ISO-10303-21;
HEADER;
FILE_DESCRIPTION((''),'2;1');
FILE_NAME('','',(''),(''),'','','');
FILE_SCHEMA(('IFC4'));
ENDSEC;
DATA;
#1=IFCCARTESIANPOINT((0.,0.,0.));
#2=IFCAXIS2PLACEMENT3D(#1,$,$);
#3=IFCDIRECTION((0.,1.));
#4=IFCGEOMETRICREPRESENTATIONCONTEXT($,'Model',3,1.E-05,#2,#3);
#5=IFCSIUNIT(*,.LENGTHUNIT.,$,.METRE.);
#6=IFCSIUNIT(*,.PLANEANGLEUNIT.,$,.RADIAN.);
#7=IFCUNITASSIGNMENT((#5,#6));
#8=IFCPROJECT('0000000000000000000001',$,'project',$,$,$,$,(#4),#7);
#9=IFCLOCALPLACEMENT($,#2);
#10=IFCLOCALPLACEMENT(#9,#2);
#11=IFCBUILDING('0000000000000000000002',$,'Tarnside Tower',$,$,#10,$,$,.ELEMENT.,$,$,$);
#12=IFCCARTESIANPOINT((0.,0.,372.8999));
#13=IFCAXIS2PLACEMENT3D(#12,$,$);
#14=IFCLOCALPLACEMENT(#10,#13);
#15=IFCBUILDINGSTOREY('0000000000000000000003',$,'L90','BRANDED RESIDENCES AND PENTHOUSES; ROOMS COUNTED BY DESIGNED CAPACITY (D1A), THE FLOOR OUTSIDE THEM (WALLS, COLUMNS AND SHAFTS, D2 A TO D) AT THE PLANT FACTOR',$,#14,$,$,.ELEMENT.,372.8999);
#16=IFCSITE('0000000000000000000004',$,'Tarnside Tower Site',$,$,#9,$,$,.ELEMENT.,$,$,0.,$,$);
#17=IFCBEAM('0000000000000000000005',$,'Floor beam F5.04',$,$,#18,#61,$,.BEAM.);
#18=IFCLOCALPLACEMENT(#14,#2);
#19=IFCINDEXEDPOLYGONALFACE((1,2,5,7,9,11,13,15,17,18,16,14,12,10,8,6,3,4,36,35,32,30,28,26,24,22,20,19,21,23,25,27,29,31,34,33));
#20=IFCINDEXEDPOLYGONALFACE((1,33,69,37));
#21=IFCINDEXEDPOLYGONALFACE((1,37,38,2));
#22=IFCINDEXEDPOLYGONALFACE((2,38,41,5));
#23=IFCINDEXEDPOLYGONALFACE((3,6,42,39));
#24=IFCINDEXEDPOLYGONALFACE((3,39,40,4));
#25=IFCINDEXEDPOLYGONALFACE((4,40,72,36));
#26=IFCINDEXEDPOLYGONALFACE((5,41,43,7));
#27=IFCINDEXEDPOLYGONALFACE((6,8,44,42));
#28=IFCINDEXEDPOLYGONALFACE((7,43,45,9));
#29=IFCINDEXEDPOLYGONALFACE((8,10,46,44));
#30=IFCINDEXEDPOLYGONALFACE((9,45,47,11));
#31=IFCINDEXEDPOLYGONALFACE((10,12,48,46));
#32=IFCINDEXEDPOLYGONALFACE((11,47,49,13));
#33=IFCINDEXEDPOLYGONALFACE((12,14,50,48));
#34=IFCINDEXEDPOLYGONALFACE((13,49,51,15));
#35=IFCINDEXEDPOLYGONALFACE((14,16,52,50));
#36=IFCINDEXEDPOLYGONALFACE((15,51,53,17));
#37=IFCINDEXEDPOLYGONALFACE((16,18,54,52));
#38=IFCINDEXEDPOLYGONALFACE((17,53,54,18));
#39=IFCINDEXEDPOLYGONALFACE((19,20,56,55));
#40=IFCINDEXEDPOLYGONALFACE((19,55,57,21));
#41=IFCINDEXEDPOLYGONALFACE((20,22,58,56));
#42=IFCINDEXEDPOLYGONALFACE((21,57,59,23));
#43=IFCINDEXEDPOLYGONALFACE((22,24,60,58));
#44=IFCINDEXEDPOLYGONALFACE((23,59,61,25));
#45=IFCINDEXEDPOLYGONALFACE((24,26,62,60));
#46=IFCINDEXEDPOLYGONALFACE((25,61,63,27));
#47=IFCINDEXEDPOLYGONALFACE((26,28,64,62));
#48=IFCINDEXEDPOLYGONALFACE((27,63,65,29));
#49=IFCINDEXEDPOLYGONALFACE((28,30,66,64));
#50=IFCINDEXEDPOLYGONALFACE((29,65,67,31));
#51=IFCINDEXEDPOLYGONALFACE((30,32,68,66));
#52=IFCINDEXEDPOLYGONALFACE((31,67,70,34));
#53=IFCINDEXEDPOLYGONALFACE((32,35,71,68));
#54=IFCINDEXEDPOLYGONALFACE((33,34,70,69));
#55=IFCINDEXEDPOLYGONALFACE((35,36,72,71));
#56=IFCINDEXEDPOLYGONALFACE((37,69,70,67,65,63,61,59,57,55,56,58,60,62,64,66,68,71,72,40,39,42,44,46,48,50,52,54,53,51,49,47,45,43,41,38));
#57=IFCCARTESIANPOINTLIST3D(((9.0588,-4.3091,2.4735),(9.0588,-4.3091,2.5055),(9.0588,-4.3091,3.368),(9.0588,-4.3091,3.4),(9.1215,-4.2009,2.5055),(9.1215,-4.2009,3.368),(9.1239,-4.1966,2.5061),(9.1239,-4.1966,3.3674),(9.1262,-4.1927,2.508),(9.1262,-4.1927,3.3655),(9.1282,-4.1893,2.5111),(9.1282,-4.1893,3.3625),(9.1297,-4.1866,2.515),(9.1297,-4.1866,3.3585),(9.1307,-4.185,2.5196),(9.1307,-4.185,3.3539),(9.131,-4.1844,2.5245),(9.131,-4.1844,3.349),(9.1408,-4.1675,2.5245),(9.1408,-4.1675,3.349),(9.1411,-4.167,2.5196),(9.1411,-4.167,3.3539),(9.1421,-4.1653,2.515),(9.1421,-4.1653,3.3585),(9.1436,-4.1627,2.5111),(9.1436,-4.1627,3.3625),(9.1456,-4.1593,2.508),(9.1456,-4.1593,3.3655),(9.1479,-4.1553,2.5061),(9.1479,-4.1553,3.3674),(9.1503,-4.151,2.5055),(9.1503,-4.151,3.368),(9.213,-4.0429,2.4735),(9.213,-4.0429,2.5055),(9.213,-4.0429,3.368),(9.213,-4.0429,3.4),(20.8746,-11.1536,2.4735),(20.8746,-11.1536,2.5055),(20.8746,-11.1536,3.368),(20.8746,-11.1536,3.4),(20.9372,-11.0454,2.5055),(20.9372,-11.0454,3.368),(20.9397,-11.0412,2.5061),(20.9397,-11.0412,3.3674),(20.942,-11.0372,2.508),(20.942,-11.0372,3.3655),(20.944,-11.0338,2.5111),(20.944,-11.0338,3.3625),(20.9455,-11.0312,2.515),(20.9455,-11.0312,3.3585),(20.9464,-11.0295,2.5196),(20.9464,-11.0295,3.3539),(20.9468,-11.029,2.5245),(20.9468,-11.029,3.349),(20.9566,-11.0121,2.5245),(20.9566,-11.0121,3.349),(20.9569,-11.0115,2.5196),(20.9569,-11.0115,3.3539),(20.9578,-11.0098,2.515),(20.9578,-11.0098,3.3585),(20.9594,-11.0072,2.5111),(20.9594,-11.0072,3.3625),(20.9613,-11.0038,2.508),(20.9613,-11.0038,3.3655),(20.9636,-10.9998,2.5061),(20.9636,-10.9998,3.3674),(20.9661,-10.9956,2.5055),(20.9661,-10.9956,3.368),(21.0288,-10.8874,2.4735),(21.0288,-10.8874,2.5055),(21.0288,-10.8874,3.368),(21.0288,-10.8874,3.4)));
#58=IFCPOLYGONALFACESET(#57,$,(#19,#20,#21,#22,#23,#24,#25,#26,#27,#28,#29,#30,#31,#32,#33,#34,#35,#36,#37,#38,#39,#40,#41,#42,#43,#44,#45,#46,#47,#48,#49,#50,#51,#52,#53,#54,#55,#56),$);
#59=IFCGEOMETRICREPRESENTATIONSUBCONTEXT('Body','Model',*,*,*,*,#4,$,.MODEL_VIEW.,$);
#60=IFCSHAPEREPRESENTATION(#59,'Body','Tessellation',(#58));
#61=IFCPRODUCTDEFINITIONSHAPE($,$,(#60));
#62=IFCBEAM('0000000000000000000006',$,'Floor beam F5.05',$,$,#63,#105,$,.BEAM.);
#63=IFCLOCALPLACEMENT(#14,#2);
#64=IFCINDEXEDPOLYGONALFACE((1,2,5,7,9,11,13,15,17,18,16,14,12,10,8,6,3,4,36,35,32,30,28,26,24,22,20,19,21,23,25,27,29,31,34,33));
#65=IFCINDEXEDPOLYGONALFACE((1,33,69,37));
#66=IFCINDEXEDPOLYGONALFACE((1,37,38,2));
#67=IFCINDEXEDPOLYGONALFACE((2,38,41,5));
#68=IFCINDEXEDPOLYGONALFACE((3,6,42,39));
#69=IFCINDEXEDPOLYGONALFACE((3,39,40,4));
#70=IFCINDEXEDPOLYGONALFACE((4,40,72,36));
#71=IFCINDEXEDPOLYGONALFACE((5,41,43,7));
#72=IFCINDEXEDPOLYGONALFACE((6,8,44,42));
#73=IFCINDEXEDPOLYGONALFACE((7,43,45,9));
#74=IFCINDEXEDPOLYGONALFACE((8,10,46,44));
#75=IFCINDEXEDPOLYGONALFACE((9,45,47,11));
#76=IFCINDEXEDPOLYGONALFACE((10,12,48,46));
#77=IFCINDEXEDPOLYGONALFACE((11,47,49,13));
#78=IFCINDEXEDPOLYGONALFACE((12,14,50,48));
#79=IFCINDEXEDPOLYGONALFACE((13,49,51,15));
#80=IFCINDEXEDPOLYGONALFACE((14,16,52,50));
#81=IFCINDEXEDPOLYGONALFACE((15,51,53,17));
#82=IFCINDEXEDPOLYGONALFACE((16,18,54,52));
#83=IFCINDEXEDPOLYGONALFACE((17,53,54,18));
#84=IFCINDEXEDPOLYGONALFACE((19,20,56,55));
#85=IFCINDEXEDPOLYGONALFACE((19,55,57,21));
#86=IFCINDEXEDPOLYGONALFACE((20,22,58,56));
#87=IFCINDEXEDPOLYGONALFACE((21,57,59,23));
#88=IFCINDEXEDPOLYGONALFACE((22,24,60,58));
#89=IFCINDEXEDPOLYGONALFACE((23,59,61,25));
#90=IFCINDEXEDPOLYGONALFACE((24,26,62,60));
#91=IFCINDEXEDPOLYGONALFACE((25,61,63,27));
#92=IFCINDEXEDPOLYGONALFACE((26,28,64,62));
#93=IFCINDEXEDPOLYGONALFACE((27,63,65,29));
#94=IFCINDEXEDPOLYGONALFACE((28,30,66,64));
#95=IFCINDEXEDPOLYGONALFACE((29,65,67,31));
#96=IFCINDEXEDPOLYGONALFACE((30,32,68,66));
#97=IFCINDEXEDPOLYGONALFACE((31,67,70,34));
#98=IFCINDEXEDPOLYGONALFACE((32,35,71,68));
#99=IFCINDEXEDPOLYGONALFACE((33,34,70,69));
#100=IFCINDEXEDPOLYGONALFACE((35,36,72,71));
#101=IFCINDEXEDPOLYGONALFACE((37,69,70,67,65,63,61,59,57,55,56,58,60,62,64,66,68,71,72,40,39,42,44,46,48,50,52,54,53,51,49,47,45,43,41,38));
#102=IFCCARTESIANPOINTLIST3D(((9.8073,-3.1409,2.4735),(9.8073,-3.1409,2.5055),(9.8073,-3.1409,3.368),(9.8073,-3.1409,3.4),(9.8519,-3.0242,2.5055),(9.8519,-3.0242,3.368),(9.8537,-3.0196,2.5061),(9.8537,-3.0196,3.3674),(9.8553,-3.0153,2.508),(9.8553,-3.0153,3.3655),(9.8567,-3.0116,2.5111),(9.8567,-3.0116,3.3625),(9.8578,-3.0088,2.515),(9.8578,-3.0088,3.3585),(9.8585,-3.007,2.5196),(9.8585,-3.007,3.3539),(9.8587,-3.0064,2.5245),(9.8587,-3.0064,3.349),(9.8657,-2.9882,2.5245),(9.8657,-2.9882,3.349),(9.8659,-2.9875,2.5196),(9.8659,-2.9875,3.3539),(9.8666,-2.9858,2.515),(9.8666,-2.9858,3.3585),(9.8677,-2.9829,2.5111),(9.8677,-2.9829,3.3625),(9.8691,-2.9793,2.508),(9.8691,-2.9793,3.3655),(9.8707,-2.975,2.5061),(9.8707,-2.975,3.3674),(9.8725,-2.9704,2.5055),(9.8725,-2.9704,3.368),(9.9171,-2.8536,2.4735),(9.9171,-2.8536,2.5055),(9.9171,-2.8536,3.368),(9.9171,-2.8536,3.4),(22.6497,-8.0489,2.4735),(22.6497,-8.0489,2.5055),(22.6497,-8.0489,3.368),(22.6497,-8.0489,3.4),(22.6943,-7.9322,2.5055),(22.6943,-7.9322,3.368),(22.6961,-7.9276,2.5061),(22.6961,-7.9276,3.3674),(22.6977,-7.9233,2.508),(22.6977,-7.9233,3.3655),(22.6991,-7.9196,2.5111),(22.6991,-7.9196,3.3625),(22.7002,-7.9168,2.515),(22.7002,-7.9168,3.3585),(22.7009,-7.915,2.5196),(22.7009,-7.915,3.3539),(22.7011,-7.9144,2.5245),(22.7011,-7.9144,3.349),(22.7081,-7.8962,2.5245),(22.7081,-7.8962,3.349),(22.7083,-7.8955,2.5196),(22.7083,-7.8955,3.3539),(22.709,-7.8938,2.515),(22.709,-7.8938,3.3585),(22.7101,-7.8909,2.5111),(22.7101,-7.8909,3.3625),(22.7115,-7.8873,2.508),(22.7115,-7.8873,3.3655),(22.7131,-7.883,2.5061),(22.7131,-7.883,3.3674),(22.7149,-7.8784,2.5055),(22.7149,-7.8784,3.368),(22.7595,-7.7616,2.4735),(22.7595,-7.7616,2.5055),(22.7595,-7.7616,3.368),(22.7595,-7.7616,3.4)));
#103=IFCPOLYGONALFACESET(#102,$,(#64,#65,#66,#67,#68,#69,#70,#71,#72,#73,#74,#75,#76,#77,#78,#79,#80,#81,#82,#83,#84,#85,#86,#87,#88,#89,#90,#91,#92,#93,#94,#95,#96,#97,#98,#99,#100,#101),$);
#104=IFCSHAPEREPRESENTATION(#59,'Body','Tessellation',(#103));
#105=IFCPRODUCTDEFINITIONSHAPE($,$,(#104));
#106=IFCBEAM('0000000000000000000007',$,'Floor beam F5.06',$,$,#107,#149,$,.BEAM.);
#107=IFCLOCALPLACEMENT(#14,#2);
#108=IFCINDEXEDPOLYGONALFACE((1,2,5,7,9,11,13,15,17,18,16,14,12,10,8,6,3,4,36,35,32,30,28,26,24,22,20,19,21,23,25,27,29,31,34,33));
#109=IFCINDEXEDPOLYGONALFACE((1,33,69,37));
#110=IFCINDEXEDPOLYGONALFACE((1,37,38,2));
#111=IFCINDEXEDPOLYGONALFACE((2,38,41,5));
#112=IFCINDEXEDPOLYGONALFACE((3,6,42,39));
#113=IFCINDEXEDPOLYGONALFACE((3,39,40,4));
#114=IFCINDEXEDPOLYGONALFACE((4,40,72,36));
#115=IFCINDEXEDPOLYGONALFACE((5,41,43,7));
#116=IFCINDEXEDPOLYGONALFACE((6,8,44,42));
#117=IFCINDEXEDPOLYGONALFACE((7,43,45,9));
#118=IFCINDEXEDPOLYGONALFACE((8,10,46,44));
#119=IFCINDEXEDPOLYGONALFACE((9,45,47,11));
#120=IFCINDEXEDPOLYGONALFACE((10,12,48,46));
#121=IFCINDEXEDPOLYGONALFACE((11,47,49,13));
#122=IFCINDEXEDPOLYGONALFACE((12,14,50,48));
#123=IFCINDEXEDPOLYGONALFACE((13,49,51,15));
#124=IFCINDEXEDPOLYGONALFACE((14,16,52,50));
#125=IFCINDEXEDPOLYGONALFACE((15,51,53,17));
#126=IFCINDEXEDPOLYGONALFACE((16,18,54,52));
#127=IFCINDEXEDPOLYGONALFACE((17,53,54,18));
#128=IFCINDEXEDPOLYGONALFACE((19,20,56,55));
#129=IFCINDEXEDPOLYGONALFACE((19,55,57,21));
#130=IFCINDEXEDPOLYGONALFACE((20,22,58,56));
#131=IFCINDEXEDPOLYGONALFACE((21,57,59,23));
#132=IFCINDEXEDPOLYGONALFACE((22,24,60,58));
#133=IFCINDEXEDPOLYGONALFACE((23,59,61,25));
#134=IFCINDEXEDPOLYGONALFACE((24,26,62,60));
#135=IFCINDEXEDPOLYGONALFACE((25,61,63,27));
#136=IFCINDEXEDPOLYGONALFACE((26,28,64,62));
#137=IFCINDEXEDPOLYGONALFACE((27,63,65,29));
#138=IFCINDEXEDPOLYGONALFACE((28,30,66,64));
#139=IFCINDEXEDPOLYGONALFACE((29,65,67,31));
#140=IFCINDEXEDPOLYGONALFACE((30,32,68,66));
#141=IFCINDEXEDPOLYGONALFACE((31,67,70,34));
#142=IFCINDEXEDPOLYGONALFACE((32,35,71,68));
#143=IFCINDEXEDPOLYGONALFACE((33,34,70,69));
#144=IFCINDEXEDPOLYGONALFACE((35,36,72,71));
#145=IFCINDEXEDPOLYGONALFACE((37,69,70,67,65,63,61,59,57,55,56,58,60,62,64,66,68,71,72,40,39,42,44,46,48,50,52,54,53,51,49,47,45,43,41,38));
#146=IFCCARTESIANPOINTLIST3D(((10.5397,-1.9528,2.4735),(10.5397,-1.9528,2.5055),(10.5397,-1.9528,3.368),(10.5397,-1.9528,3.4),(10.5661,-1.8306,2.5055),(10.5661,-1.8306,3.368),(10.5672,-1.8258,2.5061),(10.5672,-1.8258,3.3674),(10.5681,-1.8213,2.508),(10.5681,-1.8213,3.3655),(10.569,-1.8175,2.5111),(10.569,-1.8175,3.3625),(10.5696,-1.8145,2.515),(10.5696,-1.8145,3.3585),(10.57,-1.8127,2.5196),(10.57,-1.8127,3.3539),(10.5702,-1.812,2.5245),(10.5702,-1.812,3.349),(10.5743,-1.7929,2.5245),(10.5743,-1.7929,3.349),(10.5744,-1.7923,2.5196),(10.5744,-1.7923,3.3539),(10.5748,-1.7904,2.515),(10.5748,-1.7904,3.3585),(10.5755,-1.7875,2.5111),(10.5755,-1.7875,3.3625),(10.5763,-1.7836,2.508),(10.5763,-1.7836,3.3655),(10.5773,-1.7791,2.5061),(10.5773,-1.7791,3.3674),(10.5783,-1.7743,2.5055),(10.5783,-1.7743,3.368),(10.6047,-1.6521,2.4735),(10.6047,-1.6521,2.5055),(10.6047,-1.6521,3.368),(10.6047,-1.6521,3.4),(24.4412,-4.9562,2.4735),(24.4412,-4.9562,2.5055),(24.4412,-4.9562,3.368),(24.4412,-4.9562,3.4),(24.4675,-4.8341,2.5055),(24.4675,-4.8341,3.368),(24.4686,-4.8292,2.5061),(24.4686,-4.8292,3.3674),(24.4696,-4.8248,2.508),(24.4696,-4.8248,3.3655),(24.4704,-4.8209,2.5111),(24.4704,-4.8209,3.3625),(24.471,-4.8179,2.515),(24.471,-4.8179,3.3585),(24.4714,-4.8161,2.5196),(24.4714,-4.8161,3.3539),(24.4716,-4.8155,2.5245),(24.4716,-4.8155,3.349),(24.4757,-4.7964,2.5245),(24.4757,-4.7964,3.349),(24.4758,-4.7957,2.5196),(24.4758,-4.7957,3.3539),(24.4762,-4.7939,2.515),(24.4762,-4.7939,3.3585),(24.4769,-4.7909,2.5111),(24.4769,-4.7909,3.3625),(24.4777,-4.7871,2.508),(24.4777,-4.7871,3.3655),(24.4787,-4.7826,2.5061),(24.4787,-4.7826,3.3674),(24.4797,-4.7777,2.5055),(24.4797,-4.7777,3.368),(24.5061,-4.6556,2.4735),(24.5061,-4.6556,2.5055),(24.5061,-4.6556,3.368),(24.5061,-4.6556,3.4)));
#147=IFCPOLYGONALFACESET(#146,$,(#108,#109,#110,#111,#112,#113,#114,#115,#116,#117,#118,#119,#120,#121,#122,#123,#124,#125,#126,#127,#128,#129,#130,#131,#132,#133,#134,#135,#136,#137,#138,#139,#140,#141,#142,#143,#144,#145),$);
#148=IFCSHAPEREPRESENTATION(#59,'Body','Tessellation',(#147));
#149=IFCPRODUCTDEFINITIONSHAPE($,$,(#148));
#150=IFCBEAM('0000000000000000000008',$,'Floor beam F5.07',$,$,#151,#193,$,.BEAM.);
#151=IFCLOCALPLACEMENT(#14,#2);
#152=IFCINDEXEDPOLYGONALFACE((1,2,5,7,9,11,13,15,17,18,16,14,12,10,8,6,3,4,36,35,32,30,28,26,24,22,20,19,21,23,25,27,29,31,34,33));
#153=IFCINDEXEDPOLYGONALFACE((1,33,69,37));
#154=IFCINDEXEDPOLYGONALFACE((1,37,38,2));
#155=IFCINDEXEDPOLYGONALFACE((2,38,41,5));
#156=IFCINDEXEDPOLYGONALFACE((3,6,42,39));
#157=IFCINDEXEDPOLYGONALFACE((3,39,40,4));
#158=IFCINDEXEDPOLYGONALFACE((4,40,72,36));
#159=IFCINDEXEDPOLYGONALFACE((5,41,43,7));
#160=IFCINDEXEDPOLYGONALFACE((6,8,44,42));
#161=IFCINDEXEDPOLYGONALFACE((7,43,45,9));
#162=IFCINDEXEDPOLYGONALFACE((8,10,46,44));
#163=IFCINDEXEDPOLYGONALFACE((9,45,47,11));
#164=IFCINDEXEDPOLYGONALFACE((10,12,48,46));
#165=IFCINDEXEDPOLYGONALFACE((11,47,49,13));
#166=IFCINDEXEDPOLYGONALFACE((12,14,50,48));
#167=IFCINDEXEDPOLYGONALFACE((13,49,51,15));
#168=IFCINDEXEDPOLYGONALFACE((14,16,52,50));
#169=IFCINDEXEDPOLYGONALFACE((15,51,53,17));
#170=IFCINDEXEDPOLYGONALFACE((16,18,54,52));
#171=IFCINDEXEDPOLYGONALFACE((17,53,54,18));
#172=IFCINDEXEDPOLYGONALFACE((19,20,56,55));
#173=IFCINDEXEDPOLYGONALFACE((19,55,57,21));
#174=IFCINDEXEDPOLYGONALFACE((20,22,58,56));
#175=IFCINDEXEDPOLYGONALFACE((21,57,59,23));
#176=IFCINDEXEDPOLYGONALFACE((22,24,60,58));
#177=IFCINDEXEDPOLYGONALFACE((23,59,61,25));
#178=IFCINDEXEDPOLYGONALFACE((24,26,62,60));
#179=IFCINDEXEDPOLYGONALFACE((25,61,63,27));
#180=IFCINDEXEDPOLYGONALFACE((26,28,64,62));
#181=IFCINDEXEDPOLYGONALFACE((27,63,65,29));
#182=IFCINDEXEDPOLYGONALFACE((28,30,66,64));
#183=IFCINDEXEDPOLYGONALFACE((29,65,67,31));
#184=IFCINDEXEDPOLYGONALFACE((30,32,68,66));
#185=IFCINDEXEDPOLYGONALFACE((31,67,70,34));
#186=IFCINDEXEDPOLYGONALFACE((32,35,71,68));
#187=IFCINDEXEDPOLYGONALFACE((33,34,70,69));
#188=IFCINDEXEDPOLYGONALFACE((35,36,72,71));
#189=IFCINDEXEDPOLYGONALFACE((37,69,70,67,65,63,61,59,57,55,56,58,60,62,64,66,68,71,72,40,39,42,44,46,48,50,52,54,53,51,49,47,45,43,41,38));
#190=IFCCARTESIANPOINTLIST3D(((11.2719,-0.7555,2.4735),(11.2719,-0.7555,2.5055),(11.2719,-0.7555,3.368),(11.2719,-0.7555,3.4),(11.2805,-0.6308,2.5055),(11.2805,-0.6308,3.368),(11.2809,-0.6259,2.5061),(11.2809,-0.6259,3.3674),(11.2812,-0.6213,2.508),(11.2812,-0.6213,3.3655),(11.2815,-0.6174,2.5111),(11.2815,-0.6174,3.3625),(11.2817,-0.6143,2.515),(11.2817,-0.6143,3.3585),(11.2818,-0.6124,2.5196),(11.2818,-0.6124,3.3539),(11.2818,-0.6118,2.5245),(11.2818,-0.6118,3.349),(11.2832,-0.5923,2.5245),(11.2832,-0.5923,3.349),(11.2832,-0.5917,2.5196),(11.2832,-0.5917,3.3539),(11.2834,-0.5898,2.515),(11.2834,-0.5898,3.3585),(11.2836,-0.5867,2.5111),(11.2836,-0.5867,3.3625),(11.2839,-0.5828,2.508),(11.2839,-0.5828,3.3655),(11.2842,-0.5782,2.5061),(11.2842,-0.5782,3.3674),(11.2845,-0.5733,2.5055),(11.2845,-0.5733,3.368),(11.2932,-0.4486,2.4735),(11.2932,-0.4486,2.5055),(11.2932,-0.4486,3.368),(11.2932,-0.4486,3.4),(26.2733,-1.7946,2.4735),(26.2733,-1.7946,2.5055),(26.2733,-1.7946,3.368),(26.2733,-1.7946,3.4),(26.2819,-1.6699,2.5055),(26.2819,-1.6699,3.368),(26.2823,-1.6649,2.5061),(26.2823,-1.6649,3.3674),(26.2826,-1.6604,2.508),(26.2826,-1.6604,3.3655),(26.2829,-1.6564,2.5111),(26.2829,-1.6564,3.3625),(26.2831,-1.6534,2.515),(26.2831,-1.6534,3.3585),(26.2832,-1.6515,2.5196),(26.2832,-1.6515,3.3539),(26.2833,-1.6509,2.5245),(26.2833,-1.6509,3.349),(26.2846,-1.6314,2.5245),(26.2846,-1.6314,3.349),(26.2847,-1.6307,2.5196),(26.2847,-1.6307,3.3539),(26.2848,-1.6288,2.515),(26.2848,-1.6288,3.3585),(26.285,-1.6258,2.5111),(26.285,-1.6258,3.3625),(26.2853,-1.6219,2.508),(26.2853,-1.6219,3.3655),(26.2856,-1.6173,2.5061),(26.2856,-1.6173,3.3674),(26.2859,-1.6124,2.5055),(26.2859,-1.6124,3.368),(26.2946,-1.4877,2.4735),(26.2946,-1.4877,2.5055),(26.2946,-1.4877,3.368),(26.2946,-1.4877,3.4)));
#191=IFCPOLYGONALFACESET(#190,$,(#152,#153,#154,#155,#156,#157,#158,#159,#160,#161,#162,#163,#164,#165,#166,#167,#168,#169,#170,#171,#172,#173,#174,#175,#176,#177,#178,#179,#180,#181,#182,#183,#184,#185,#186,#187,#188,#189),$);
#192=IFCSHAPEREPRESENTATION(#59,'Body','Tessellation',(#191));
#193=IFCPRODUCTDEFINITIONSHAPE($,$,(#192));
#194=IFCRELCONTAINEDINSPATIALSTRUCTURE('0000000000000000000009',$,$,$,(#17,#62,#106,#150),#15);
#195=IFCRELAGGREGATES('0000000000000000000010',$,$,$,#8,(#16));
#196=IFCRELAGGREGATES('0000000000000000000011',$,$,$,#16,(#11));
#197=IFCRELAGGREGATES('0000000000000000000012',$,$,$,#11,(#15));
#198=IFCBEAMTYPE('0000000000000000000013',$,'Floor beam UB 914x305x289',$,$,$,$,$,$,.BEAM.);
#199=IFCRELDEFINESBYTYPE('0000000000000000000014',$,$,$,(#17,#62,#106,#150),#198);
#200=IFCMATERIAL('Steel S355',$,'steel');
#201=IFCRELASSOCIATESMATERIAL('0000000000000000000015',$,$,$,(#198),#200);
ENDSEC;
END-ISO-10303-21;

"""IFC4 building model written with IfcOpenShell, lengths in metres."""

from ifc_helpers import new_model, si_unit, direction, frame, origin, origin_2d, place, context, subcontext, project, spatial, i_section, extrude, material, material_profile, profile_set, type_object, element, save


model = new_model("IFC4")

# Units and contexts
model_context = context("Model", 3, precision=1e-05, world=origin(), true_north=direction((0.0, 1.0)))
body_context = subcontext(model_context, "Body", "Model", "MODEL_VIEW")
ifc_project = project(units=[si_unit("LENGTHUNIT", "METRE"), si_unit("PLANEANGLEUNIT", "RADIAN")], contexts=[model_context])

# Site, building, storey
site_placement = place(None, origin())
site = spatial("IfcSite", under=ifc_project, at=site_placement, Name="Tarnside Tower Site", CompositionType="ELEMENT", RefElevation=0.0)
building_placement = place(site_placement, origin())
building = spatial("IfcBuilding", under=site, at=building_placement, Name="Tarnside Tower", CompositionType="ELEMENT")
storey_placement = place(building_placement, frame((0.0, 0.0, 372.8999)))
storey = spatial("IfcBuildingStorey", under=building, at=storey_placement, Name="L90", Description="BRANDED RESIDENCES AND PENTHOUSES; ROOMS COUNTED BY DESIGNED CAPACITY (D1A), THE FLOOR OUTSIDE THEM (WALLS, COLUMNS AND SHAFTS, D2 A TO D) AT THE PLANT FACTOR", CompositionType="ELEMENT", Elevation=372.8999)

# Beams
ifc_material_1 = material(Name="Steel S355", Category="steel")
ifc_material_profile = material_profile(ifc_material_1, i_section(OverallWidth=0.3076, OverallDepth=0.9265, WebThickness=0.0195, FlangeThickness=0.032, FilletRadius=0.019, at=origin_2d()), Name="UB 914x305x289")
ifc_profile_set = profile_set([ifc_material_profile], Name="Steel S355")
beam_type = type_object("IfcBeamType", Name="Floor beam UB 914x305x289", PredefinedType="BEAM", material=ifc_profile_set)
beam_1_placement = place(storey_placement, frame((20.9517, -11.0205, 2.9368), z_axis=(-0.865305, 0.501246, 0.0), x_axis=(-0.501246, -0.865305, 0.0)))
element("IfcBeam", 1, at=beam_1_placement, inside=storey, type_object=beam_type, Name="Floor beam F5.04", PredefinedType="BEAM", context=body_context, shape_type="SweptSolid", body=[
    extrude(i_section(OverallWidth=0.3076, OverallDepth=0.9265, WebThickness=0.0195, FlangeThickness=0.032, FilletRadius=0.019, at=origin_2d()), origin(), (0.0, 0.0, 1.0), 13.655),
])
beam_2_placement = place(storey_placement, frame((22.7046, -7.9053, 2.9368), z_axis=(-0.934108, 0.35699, 0.0), x_axis=(-0.35699, -0.934108, 0.0)))
element("IfcBeam", 2, at=beam_2_placement, inside=storey, type_object=beam_type, Name="Floor beam F5.05", PredefinedType="BEAM", context=body_context, shape_type="SweptSolid", body=[
    extrude(i_section(OverallWidth=0.3076, OverallDepth=0.9265, WebThickness=0.0195, FlangeThickness=0.032, FilletRadius=0.019, at=origin_2d()), origin(), (0.0, 0.0, 1.0), 13.7483),
])
beam_3_placement = place(storey_placement, frame((24.4736, -4.8059, 2.9368), z_axis=(-0.977447, 0.211179, 0.0), x_axis=(-0.211179, -0.977447, 0.0)))
element("IfcBeam", 3, at=beam_3_placement, inside=storey, type_object=beam_type, Name="Floor beam F5.06", PredefinedType="BEAM", context=body_context, shape_type="SweptSolid", body=[
    extrude(i_section(OverallWidth=0.3076, OverallDepth=0.9265, WebThickness=0.0195, FlangeThickness=0.032, FilletRadius=0.019, at=origin_2d()), origin(), (0.0, 0.0, 1.0), 14.2222),
])
beam_4_placement = place(storey_placement, frame((26.2839, -1.6411, 2.9368), z_axis=(-0.99761, 0.069099, 0.0), x_axis=(-0.069099, -0.99761, 0.0)))
element("IfcBeam", 4, at=beam_4_placement, inside=storey, type_object=beam_type, Name="Floor beam F5.07", PredefinedType="BEAM", context=body_context, shape_type="SweptSolid", body=[
    extrude(i_section(OverallWidth=0.3076, OverallDepth=0.9265, WebThickness=0.0195, FlangeThickness=0.032, FilletRadius=0.019, at=origin_2d()), origin(), (0.0, 0.0, 1.0), 15.0374),
])

save(model, "model.ifc")
